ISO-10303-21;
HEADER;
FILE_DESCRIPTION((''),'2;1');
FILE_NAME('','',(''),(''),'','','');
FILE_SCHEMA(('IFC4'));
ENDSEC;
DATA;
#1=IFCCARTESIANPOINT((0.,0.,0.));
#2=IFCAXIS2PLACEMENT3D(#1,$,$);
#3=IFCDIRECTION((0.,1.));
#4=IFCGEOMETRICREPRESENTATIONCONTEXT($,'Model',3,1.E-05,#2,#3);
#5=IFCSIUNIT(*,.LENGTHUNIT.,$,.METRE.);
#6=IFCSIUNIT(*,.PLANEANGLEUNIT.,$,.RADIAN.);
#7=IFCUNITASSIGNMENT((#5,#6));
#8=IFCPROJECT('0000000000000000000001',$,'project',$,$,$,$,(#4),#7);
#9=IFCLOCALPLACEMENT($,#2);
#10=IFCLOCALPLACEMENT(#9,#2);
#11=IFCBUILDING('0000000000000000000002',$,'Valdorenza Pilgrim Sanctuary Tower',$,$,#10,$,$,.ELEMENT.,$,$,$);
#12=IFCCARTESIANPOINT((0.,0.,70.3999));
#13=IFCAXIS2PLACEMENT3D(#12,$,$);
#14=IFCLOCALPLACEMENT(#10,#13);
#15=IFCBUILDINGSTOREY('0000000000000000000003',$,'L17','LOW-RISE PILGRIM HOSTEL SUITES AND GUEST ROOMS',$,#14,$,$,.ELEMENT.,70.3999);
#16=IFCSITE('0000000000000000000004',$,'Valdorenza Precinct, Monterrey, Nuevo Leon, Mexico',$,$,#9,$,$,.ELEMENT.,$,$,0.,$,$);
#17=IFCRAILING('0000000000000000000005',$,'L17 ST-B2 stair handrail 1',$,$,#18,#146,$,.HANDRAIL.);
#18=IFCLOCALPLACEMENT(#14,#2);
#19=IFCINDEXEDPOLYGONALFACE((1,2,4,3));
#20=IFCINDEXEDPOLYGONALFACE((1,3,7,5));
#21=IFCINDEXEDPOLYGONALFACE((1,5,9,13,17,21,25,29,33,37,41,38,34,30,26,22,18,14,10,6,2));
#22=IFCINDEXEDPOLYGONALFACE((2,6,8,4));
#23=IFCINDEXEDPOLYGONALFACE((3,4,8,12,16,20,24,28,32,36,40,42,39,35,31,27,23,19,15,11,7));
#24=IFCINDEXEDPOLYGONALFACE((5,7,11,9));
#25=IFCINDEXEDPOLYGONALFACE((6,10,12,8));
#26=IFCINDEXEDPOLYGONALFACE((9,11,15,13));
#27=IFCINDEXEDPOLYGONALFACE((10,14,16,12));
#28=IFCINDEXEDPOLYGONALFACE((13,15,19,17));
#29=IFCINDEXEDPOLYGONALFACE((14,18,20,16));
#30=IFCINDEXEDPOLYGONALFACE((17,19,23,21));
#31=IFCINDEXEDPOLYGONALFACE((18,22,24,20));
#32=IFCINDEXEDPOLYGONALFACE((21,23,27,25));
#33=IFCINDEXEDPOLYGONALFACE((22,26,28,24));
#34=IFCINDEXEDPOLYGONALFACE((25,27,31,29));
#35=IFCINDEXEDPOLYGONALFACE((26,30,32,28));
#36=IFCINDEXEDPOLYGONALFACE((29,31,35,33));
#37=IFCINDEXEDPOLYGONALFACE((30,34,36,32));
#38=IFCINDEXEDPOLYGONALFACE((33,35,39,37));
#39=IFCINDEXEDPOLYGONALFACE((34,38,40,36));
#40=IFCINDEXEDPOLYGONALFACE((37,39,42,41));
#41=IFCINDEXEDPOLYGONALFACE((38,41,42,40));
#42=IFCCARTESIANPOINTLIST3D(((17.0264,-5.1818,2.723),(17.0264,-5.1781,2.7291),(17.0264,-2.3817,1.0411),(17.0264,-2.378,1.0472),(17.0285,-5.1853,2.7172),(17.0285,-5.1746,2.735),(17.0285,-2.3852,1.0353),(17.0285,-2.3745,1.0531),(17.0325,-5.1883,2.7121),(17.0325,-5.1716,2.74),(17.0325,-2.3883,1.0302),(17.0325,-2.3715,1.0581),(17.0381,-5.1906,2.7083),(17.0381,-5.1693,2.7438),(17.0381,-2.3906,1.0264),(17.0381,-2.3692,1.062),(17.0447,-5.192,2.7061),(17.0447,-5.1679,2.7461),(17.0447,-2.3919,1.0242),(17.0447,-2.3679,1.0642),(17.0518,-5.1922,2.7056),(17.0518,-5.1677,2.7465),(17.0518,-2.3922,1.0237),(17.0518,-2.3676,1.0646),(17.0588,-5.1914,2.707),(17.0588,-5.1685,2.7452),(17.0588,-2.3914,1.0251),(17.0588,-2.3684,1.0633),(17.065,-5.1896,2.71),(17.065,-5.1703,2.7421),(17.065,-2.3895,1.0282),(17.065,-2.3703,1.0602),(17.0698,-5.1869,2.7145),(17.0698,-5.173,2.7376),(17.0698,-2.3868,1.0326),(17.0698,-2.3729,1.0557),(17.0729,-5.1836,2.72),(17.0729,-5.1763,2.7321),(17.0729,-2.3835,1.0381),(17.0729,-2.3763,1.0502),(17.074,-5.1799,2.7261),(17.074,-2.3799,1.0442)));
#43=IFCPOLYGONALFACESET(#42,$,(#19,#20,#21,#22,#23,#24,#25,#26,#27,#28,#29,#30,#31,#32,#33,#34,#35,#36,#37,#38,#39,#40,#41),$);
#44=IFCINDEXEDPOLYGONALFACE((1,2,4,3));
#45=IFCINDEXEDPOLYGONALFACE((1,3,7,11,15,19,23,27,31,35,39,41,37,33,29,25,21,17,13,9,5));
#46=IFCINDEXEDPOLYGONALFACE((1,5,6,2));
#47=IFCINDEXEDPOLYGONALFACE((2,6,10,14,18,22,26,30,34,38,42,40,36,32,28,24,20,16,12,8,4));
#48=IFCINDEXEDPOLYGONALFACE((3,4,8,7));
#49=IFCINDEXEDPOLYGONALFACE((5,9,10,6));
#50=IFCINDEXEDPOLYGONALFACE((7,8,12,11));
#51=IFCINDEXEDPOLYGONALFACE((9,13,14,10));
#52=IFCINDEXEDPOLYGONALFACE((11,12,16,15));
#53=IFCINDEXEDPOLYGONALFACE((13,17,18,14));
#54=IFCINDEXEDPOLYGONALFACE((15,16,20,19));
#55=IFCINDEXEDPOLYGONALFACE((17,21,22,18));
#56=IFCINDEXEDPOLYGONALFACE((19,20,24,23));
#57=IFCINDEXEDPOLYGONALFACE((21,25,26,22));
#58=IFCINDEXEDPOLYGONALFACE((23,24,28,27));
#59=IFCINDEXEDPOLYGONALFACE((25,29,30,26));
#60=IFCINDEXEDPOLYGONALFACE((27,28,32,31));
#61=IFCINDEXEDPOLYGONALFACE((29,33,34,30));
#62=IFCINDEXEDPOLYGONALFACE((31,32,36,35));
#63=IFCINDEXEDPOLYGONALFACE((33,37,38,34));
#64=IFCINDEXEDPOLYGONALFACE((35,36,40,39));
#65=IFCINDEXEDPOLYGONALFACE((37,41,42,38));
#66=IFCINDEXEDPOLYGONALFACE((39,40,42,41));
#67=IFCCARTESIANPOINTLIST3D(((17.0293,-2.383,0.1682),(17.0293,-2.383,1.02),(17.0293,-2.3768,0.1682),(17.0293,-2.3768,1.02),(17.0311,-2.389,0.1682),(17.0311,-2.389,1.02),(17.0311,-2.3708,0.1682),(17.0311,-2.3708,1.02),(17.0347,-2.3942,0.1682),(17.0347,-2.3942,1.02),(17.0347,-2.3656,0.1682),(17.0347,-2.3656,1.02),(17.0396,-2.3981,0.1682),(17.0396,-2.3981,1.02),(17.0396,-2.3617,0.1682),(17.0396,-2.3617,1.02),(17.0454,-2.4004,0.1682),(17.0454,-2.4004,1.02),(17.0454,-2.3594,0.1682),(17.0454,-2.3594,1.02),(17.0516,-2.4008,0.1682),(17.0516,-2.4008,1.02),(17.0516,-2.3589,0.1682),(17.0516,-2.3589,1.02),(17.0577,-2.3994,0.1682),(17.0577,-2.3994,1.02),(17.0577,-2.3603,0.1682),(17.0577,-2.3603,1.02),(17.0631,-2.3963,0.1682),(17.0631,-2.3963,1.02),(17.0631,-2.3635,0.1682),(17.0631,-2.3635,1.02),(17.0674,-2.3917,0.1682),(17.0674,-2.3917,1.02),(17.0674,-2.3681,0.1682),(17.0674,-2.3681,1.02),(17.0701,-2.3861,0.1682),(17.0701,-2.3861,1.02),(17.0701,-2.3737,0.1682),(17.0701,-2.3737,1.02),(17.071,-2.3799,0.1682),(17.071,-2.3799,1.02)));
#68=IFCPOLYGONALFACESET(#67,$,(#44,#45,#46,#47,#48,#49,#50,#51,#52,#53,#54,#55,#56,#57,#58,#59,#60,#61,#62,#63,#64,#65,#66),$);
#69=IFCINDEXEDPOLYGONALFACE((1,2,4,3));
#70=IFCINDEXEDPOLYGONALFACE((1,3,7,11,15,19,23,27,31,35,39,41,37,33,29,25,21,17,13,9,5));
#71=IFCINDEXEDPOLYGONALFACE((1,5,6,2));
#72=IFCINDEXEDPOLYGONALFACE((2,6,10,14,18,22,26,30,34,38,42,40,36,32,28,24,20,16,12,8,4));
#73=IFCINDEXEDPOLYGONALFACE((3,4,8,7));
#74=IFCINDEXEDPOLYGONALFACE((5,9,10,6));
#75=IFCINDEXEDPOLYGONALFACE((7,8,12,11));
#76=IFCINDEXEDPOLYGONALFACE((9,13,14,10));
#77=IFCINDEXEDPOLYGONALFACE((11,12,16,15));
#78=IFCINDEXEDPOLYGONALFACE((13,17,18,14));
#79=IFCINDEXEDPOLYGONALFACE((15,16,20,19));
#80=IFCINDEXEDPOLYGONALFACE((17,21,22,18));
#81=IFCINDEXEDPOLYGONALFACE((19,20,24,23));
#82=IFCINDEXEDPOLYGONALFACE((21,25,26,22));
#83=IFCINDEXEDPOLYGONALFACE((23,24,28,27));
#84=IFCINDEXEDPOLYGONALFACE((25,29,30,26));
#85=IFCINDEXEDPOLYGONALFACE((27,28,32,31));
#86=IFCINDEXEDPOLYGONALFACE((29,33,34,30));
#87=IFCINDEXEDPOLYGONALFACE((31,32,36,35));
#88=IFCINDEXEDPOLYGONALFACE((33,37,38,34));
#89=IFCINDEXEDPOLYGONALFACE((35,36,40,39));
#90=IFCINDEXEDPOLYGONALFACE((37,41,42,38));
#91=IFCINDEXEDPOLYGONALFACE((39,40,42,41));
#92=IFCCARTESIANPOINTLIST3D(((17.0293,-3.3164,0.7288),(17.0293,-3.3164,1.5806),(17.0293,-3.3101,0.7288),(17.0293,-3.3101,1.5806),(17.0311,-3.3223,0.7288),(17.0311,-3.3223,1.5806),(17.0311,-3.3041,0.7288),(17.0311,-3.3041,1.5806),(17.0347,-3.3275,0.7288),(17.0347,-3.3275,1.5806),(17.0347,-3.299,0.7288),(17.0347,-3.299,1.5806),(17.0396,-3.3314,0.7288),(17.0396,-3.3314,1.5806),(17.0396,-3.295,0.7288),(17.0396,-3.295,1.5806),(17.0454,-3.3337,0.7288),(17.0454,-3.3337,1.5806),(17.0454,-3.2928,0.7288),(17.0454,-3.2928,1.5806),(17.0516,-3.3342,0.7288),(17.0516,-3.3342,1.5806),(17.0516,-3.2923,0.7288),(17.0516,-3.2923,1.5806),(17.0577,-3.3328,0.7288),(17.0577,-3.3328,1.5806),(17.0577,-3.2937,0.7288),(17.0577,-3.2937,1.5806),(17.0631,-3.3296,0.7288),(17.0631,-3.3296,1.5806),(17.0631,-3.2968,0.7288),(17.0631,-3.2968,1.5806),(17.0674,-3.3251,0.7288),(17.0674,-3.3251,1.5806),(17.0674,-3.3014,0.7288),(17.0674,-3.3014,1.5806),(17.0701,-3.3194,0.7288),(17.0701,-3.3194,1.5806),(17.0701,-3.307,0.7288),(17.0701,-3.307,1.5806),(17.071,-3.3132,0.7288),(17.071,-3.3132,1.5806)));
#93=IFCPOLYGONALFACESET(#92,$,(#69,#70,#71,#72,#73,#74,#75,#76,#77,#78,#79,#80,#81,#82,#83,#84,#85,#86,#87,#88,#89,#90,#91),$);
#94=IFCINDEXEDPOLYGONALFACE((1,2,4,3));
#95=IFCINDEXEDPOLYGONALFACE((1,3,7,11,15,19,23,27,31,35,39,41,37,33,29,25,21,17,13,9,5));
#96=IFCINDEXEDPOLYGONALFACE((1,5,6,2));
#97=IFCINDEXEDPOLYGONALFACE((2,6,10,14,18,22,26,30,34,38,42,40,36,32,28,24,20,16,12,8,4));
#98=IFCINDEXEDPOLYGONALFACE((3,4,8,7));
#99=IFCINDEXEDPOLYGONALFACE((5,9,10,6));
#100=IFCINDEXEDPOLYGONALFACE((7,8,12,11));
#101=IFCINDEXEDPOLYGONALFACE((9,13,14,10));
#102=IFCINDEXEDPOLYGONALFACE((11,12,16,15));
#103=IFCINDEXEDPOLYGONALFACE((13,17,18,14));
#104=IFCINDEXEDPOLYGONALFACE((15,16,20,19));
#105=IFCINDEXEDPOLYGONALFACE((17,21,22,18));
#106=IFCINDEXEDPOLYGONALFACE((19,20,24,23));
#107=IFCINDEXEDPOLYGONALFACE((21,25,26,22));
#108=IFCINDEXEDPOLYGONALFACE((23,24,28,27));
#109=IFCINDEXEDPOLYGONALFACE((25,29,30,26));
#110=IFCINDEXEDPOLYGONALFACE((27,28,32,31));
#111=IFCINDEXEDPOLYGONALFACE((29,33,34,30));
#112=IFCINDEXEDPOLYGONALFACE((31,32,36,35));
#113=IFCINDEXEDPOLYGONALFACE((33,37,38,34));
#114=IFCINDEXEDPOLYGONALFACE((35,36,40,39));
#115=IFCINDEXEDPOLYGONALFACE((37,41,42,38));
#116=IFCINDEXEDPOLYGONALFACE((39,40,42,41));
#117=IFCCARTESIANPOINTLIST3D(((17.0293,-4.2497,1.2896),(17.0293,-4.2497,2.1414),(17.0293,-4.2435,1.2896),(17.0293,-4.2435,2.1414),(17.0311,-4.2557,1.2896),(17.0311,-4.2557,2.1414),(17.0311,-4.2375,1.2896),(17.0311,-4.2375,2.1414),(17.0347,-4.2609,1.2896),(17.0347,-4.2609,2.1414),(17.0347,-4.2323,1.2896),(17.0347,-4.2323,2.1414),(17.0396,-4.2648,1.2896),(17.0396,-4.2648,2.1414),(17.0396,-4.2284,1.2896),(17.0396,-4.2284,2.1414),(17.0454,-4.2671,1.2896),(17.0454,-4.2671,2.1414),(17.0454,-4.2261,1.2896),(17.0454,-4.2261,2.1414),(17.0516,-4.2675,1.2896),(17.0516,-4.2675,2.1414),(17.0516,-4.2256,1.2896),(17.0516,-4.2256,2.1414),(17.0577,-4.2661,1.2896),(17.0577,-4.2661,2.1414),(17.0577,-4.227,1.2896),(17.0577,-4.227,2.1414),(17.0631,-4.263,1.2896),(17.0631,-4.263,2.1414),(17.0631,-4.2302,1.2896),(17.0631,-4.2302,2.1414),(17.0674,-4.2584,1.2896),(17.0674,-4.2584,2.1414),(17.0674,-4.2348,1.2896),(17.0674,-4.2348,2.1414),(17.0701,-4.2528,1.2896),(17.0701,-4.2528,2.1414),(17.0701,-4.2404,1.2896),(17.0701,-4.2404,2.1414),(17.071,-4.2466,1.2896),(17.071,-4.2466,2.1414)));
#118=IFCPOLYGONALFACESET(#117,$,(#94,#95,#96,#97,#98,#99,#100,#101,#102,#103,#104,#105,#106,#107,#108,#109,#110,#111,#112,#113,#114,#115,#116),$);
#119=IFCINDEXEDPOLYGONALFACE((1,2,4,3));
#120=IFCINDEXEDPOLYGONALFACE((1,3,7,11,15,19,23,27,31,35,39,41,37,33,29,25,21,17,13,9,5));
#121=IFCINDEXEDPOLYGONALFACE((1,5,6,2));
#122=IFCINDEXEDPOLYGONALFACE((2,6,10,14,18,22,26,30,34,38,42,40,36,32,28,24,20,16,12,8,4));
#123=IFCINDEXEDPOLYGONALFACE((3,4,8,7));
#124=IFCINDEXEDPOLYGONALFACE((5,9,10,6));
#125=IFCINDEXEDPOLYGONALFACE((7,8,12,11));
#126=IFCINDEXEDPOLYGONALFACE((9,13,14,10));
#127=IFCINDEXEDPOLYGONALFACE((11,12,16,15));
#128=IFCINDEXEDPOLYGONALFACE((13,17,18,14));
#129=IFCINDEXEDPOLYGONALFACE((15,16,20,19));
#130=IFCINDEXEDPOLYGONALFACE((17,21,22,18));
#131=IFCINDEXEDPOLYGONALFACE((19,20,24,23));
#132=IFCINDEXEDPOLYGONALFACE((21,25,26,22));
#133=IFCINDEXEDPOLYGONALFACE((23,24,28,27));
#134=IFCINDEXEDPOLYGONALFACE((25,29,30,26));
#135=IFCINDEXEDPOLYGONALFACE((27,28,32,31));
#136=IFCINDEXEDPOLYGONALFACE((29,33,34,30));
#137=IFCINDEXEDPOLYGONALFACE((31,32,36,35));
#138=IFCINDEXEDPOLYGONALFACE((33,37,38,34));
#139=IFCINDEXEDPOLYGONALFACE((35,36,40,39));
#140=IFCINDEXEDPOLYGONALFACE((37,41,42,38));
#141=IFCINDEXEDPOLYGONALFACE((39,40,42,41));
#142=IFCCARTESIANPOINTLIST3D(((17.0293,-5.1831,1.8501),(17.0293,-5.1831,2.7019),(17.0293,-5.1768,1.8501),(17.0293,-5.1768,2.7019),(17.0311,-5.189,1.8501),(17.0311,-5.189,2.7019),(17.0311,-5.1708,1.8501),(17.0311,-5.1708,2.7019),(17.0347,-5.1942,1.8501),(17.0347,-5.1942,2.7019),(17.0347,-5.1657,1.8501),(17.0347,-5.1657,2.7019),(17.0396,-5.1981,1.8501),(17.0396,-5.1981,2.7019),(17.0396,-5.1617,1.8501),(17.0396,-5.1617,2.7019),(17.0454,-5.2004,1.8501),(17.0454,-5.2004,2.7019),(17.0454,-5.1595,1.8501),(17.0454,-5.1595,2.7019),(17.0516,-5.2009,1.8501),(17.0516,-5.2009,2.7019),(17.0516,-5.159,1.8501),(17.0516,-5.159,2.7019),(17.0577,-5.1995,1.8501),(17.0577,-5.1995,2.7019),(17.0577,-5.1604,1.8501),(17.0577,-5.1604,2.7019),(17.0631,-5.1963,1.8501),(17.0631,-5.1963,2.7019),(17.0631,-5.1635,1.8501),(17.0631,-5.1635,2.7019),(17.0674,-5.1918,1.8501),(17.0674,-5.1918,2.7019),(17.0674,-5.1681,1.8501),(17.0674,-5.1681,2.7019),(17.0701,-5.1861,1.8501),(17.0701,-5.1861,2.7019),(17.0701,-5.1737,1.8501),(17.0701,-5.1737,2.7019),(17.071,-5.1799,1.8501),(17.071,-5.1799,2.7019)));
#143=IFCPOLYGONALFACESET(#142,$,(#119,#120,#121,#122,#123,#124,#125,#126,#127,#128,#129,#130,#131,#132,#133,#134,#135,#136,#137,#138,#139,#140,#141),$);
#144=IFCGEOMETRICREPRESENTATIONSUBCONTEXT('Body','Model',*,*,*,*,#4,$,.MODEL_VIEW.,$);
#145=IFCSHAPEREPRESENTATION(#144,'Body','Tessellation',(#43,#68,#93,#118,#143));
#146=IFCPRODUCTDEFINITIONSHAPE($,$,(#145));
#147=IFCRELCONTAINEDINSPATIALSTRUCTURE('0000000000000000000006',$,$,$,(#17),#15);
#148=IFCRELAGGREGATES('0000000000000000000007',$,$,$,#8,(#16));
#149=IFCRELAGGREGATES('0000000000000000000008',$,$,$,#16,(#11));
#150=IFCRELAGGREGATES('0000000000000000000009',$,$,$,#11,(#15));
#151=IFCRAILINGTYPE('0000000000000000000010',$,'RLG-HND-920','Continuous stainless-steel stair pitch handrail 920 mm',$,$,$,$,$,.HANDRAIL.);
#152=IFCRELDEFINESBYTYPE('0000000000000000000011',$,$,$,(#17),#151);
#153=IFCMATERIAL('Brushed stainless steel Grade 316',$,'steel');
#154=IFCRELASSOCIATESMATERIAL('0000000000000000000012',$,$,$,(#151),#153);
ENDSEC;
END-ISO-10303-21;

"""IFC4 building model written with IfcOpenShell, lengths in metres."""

from ifc_helpers import new_model, si_unit, direction, frame, origin, origin_2d, place, context, subcontext, project, spatial, circle, extrude, material, type_object, element, save


model = new_model("IFC4")

# Units and contexts
model_context = context("Model", 3, precision=1e-05, world=origin(), true_north=direction((0.0, 1.0)))
body_context = subcontext(model_context, "Body", "Model", "MODEL_VIEW")
ifc_project = project(units=[si_unit("LENGTHUNIT", "METRE"), si_unit("PLANEANGLEUNIT", "RADIAN")], contexts=[model_context])

# Site, building, storey
site_placement = place(None, origin())
site = spatial("IfcSite", under=ifc_project, at=site_placement, Name="Valdorenza Precinct, Monterrey, Nuevo Leon, Mexico", CompositionType="ELEMENT", RefElevation=0.0)
building_placement = place(site_placement, origin())
building = spatial("IfcBuilding", under=site, at=building_placement, Name="Valdorenza Pilgrim Sanctuary Tower", CompositionType="ELEMENT")
storey_placement = place(building_placement, frame((0.0, 0.0, 70.3999)))
storey = spatial("IfcBuildingStorey", under=building, at=storey_placement, Name="L17", Description="LOW-RISE PILGRIM HOSTEL SUITES AND GUEST ROOMS", CompositionType="ELEMENT", Elevation=70.3999)

# Railing
ifc_material_1 = material(Name="Brushed stainless steel Grade 316", Category="steel")
railing_type = type_object("IfcRailingType", Name="RLG-HND-920", Description="Continuous stainless-steel stair pitch handrail 920 mm", PredefinedType="HANDRAIL", material=ifc_material_1)
railing_placement = place(storey_placement, frame((17.05, -2.3799, 0.1682)))
element("IfcRailing", 1, at=railing_placement, inside=storey, type_object=railing_type, Name="L17 ST-B2 stair handrail 1", PredefinedType="HANDRAIL", context=body_context, shape_type="SweptSolid", body=[
    extrude(circle(Radius=0.0239, at=origin_2d()), frame((0.0, 0.0, 0.876), z_axis=(0.0, -0.857242, 0.514913), x_axis=(1.0, 0.0, 0.0)), (0.0, 0.0, 1.0), 3.2664),
    extrude(circle(Radius=0.021, at=origin_2d()), origin(), (0.0, 0.0, 1.0), 0.8518),
    extrude(circle(Radius=0.021, at=origin_2d()), frame((0.0, -0.9333, 0.5605)), (0.0, 0.0, 1.0), 0.8518),
    extrude(circle(Radius=0.021, at=origin_2d()), frame((0.0, -1.8667, 1.1213)), (0.0, 0.0, 1.0), 0.8518),
    extrude(circle(Radius=0.021, at=origin_2d()), frame((0.0, -2.8, 1.6819)), (0.0, 0.0, 1.0), 0.8518),
])

save(model, "model.ifc")
